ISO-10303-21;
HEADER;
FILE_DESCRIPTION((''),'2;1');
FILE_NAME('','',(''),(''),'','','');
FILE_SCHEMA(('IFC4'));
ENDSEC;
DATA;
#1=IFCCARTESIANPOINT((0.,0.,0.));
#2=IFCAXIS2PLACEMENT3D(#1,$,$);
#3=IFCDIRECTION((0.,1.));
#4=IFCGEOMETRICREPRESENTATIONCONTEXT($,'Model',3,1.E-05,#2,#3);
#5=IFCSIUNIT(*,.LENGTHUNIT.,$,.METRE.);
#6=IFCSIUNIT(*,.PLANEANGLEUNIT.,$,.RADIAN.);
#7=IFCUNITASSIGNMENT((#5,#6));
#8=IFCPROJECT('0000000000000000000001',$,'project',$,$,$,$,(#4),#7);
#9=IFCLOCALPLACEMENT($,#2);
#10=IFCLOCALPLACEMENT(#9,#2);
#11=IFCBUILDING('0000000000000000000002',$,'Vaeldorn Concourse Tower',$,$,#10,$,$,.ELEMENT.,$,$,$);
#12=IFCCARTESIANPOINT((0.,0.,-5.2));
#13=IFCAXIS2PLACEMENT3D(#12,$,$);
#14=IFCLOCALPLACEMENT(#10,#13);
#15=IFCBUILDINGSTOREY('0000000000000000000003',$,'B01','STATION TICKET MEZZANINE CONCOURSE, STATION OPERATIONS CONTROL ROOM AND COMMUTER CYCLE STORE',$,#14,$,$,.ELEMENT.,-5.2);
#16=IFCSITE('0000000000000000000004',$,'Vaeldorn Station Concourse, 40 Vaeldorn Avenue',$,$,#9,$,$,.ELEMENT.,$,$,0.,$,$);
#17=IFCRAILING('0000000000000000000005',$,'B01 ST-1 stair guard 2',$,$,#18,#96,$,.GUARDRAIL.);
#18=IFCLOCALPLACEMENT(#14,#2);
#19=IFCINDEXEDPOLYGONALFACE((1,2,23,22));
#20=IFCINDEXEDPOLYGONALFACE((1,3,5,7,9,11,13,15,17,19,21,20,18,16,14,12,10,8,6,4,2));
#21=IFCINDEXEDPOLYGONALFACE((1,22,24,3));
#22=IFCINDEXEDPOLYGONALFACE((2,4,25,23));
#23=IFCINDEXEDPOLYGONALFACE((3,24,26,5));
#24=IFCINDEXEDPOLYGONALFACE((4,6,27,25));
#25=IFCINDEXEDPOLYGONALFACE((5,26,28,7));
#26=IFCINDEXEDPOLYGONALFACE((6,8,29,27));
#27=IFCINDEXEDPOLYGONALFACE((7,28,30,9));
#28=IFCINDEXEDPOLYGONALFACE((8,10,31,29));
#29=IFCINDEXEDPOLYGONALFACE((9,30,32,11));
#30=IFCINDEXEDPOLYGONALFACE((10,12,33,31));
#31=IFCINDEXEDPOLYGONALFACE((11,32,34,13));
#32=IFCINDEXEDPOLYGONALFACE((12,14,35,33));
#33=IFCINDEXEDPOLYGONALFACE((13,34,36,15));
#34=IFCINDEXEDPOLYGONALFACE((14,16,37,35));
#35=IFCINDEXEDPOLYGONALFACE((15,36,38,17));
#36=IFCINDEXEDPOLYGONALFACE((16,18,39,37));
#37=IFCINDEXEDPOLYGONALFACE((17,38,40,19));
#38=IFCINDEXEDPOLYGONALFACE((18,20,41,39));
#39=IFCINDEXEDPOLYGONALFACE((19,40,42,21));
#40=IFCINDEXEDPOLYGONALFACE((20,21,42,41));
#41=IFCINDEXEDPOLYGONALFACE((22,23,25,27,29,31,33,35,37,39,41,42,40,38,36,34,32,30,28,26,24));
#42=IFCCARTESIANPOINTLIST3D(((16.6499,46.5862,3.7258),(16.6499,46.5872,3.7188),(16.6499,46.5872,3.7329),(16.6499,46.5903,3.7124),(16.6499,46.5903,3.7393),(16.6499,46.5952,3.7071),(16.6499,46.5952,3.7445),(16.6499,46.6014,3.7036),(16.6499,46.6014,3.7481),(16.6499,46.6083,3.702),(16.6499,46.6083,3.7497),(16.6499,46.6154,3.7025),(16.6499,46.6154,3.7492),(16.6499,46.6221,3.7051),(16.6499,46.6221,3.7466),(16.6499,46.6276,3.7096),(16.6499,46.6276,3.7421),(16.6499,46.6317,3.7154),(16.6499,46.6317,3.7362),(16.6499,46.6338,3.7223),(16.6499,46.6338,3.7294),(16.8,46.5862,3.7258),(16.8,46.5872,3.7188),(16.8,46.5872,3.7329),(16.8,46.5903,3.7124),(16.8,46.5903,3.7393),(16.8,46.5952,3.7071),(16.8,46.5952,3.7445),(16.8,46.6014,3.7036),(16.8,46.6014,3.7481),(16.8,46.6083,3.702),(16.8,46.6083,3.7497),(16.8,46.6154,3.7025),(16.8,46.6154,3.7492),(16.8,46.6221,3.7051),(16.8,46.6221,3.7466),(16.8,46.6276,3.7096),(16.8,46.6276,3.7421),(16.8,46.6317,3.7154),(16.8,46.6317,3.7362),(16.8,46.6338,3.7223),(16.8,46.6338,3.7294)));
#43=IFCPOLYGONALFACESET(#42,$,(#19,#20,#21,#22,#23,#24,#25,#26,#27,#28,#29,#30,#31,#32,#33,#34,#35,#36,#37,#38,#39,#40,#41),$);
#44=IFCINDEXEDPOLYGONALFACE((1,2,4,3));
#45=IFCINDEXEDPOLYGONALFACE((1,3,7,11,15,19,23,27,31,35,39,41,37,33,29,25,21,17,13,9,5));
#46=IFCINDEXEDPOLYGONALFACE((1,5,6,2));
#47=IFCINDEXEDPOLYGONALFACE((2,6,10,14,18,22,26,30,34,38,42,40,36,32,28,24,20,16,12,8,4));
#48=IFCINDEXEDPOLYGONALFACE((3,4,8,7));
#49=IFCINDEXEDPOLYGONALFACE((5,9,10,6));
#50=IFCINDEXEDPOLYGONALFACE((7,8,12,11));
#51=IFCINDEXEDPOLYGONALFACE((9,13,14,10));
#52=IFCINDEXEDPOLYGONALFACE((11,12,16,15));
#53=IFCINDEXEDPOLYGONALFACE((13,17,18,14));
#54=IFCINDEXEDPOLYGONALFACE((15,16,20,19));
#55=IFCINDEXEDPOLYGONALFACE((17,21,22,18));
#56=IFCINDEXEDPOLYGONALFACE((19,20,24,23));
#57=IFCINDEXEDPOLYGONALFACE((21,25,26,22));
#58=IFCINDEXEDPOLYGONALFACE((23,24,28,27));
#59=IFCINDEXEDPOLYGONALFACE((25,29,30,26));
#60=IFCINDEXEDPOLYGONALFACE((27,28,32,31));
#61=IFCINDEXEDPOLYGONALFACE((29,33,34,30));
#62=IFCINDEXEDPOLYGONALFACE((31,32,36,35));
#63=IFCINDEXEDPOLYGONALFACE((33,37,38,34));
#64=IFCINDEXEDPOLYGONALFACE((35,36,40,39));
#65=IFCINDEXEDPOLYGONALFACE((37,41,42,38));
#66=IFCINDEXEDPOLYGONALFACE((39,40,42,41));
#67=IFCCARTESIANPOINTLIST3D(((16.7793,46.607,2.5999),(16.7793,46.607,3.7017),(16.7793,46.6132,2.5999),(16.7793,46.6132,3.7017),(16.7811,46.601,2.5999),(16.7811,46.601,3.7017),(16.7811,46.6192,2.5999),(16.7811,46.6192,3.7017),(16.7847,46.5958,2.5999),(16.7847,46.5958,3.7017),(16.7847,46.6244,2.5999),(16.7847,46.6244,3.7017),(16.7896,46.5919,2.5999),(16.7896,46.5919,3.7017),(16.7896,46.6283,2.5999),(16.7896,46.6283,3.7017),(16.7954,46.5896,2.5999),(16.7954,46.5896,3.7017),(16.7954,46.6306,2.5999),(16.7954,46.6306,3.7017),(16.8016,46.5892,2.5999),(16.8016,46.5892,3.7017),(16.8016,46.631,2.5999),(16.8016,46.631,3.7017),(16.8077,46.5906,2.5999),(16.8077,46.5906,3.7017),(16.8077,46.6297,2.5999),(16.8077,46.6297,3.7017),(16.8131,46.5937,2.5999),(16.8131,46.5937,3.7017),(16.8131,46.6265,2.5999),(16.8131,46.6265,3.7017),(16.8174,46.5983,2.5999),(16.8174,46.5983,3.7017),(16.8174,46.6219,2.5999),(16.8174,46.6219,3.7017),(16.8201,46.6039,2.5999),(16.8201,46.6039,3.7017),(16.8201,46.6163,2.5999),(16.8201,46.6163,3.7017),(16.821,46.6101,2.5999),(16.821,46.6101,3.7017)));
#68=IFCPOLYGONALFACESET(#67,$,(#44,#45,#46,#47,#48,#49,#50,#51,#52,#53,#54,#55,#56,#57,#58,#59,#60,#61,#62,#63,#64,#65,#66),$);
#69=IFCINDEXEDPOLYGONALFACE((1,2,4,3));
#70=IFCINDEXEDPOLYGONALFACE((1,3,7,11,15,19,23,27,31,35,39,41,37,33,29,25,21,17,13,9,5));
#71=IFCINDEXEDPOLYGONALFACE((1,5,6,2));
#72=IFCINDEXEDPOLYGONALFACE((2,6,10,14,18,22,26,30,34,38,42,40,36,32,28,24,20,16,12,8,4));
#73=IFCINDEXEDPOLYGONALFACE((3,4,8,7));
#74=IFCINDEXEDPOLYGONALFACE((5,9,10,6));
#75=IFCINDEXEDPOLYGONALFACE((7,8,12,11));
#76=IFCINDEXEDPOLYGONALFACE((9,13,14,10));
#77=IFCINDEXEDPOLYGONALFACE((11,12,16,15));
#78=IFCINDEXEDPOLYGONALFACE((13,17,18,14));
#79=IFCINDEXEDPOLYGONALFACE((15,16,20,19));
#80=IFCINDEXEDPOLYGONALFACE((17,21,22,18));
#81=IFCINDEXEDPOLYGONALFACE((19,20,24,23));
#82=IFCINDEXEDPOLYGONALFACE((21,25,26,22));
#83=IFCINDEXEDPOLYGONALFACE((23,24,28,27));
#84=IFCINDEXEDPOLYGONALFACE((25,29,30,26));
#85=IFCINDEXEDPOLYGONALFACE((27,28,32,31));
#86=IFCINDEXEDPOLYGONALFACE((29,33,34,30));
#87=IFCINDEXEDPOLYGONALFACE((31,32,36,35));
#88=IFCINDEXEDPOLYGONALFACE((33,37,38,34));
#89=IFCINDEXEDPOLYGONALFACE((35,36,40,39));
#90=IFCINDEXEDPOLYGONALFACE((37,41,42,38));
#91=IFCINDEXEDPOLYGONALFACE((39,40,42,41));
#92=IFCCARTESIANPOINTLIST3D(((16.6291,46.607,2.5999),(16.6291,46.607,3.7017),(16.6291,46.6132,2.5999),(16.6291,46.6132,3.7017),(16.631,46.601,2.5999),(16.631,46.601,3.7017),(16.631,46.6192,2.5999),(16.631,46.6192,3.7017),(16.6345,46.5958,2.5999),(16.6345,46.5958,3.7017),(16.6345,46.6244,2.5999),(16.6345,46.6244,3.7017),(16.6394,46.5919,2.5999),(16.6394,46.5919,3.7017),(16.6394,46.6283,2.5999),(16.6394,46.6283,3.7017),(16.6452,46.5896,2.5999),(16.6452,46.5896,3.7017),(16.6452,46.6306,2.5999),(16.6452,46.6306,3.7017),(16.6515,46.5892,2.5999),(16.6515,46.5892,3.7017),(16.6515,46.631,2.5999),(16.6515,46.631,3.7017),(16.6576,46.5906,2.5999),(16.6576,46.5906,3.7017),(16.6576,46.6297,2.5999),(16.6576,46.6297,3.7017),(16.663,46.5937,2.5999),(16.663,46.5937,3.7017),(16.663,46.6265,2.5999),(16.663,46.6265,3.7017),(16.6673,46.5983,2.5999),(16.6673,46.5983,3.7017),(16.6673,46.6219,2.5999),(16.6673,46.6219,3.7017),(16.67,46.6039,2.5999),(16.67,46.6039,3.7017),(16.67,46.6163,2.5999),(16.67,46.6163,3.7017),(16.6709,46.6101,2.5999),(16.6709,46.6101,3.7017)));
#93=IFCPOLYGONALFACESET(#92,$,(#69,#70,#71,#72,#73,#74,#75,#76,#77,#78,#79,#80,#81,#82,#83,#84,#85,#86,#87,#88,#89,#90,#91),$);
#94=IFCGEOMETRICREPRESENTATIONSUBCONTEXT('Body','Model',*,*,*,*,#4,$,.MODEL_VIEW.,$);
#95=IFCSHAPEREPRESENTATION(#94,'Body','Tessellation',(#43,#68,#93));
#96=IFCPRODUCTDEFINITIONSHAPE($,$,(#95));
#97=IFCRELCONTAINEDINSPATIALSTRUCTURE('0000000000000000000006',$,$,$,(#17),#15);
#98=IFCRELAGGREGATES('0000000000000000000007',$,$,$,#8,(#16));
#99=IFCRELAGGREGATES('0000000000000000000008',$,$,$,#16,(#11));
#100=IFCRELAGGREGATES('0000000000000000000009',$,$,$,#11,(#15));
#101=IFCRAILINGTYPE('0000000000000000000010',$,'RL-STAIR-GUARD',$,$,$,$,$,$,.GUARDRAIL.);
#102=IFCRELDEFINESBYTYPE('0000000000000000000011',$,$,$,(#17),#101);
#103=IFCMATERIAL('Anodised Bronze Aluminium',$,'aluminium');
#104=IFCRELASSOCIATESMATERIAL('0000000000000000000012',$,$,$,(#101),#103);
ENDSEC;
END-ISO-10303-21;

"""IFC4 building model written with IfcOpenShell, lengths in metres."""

from ifc_helpers import new_model, si_unit, direction, frame, origin, origin_2d, place, context, subcontext, project, spatial, circle, extrude, material, type_object, element, save


model = new_model("IFC4")

# Units and contexts
model_context = context("Model", 3, precision=1e-05, world=origin(), true_north=direction((0.0, 1.0)))
body_context = subcontext(model_context, "Body", "Model", "MODEL_VIEW")
ifc_project = project(units=[si_unit("LENGTHUNIT", "METRE"), si_unit("PLANEANGLEUNIT", "RADIAN")], contexts=[model_context])

# Site, building, storey
site_placement = place(None, origin())
site = spatial("IfcSite", under=ifc_project, at=site_placement, Name="Vaeldorn Station Concourse, 40 Vaeldorn Avenue", CompositionType="ELEMENT", RefElevation=0.0)
building_placement = place(site_placement, origin())
building = spatial("IfcBuilding", under=site, at=building_placement, Name="Vaeldorn Concourse Tower", CompositionType="ELEMENT")
storey_placement = place(building_placement, frame((0.0, 0.0, -5.2)))
storey = spatial("IfcBuildingStorey", under=building, at=storey_placement, Name="B01", Description="STATION TICKET MEZZANINE CONCOURSE, STATION OPERATIONS CONTROL ROOM AND COMMUTER CYCLE STORE", CompositionType="ELEMENT", Elevation=-5.2)

# Shared definitions
ifc_material_1 = material(Name="Anodised Bronze Aluminium", Category="aluminium")

# Railing
railing_type_1 = type_object("IfcRailingType", Name="RL-STAIR-GUARD", PredefinedType="GUARDRAIL", material=ifc_material_1)
railing_1_placement = place(storey_placement, frame((16.8, 46.6101, 2.5999)))
element("IfcRailing", 1, at=railing_1_placement, inside=storey, type_object=railing_type_1, Name="B01 ST-1 stair guard 2", PredefinedType="GUARDRAIL", context=body_context, shape_type="SweptSolid", body=[
    extrude(circle(Radius=0.0239, at=origin_2d()), frame((0.0, 0.0, 1.126), z_axis=(-1.0, 0.0, 0.0), x_axis=(0.0, -1.0, 0.0)), (0.0, 0.0, 1.0), 0.1501),
    extrude(circle(Radius=0.021, at=origin_2d()), origin(), (0.0, 0.0, 1.0), 1.1018),
    extrude(circle(Radius=0.021, at=origin_2d()), frame((-0.1501, 0.0, 0.0)), (0.0, 0.0, 1.0), 1.1018),
])

save(model, "model.ifc")
